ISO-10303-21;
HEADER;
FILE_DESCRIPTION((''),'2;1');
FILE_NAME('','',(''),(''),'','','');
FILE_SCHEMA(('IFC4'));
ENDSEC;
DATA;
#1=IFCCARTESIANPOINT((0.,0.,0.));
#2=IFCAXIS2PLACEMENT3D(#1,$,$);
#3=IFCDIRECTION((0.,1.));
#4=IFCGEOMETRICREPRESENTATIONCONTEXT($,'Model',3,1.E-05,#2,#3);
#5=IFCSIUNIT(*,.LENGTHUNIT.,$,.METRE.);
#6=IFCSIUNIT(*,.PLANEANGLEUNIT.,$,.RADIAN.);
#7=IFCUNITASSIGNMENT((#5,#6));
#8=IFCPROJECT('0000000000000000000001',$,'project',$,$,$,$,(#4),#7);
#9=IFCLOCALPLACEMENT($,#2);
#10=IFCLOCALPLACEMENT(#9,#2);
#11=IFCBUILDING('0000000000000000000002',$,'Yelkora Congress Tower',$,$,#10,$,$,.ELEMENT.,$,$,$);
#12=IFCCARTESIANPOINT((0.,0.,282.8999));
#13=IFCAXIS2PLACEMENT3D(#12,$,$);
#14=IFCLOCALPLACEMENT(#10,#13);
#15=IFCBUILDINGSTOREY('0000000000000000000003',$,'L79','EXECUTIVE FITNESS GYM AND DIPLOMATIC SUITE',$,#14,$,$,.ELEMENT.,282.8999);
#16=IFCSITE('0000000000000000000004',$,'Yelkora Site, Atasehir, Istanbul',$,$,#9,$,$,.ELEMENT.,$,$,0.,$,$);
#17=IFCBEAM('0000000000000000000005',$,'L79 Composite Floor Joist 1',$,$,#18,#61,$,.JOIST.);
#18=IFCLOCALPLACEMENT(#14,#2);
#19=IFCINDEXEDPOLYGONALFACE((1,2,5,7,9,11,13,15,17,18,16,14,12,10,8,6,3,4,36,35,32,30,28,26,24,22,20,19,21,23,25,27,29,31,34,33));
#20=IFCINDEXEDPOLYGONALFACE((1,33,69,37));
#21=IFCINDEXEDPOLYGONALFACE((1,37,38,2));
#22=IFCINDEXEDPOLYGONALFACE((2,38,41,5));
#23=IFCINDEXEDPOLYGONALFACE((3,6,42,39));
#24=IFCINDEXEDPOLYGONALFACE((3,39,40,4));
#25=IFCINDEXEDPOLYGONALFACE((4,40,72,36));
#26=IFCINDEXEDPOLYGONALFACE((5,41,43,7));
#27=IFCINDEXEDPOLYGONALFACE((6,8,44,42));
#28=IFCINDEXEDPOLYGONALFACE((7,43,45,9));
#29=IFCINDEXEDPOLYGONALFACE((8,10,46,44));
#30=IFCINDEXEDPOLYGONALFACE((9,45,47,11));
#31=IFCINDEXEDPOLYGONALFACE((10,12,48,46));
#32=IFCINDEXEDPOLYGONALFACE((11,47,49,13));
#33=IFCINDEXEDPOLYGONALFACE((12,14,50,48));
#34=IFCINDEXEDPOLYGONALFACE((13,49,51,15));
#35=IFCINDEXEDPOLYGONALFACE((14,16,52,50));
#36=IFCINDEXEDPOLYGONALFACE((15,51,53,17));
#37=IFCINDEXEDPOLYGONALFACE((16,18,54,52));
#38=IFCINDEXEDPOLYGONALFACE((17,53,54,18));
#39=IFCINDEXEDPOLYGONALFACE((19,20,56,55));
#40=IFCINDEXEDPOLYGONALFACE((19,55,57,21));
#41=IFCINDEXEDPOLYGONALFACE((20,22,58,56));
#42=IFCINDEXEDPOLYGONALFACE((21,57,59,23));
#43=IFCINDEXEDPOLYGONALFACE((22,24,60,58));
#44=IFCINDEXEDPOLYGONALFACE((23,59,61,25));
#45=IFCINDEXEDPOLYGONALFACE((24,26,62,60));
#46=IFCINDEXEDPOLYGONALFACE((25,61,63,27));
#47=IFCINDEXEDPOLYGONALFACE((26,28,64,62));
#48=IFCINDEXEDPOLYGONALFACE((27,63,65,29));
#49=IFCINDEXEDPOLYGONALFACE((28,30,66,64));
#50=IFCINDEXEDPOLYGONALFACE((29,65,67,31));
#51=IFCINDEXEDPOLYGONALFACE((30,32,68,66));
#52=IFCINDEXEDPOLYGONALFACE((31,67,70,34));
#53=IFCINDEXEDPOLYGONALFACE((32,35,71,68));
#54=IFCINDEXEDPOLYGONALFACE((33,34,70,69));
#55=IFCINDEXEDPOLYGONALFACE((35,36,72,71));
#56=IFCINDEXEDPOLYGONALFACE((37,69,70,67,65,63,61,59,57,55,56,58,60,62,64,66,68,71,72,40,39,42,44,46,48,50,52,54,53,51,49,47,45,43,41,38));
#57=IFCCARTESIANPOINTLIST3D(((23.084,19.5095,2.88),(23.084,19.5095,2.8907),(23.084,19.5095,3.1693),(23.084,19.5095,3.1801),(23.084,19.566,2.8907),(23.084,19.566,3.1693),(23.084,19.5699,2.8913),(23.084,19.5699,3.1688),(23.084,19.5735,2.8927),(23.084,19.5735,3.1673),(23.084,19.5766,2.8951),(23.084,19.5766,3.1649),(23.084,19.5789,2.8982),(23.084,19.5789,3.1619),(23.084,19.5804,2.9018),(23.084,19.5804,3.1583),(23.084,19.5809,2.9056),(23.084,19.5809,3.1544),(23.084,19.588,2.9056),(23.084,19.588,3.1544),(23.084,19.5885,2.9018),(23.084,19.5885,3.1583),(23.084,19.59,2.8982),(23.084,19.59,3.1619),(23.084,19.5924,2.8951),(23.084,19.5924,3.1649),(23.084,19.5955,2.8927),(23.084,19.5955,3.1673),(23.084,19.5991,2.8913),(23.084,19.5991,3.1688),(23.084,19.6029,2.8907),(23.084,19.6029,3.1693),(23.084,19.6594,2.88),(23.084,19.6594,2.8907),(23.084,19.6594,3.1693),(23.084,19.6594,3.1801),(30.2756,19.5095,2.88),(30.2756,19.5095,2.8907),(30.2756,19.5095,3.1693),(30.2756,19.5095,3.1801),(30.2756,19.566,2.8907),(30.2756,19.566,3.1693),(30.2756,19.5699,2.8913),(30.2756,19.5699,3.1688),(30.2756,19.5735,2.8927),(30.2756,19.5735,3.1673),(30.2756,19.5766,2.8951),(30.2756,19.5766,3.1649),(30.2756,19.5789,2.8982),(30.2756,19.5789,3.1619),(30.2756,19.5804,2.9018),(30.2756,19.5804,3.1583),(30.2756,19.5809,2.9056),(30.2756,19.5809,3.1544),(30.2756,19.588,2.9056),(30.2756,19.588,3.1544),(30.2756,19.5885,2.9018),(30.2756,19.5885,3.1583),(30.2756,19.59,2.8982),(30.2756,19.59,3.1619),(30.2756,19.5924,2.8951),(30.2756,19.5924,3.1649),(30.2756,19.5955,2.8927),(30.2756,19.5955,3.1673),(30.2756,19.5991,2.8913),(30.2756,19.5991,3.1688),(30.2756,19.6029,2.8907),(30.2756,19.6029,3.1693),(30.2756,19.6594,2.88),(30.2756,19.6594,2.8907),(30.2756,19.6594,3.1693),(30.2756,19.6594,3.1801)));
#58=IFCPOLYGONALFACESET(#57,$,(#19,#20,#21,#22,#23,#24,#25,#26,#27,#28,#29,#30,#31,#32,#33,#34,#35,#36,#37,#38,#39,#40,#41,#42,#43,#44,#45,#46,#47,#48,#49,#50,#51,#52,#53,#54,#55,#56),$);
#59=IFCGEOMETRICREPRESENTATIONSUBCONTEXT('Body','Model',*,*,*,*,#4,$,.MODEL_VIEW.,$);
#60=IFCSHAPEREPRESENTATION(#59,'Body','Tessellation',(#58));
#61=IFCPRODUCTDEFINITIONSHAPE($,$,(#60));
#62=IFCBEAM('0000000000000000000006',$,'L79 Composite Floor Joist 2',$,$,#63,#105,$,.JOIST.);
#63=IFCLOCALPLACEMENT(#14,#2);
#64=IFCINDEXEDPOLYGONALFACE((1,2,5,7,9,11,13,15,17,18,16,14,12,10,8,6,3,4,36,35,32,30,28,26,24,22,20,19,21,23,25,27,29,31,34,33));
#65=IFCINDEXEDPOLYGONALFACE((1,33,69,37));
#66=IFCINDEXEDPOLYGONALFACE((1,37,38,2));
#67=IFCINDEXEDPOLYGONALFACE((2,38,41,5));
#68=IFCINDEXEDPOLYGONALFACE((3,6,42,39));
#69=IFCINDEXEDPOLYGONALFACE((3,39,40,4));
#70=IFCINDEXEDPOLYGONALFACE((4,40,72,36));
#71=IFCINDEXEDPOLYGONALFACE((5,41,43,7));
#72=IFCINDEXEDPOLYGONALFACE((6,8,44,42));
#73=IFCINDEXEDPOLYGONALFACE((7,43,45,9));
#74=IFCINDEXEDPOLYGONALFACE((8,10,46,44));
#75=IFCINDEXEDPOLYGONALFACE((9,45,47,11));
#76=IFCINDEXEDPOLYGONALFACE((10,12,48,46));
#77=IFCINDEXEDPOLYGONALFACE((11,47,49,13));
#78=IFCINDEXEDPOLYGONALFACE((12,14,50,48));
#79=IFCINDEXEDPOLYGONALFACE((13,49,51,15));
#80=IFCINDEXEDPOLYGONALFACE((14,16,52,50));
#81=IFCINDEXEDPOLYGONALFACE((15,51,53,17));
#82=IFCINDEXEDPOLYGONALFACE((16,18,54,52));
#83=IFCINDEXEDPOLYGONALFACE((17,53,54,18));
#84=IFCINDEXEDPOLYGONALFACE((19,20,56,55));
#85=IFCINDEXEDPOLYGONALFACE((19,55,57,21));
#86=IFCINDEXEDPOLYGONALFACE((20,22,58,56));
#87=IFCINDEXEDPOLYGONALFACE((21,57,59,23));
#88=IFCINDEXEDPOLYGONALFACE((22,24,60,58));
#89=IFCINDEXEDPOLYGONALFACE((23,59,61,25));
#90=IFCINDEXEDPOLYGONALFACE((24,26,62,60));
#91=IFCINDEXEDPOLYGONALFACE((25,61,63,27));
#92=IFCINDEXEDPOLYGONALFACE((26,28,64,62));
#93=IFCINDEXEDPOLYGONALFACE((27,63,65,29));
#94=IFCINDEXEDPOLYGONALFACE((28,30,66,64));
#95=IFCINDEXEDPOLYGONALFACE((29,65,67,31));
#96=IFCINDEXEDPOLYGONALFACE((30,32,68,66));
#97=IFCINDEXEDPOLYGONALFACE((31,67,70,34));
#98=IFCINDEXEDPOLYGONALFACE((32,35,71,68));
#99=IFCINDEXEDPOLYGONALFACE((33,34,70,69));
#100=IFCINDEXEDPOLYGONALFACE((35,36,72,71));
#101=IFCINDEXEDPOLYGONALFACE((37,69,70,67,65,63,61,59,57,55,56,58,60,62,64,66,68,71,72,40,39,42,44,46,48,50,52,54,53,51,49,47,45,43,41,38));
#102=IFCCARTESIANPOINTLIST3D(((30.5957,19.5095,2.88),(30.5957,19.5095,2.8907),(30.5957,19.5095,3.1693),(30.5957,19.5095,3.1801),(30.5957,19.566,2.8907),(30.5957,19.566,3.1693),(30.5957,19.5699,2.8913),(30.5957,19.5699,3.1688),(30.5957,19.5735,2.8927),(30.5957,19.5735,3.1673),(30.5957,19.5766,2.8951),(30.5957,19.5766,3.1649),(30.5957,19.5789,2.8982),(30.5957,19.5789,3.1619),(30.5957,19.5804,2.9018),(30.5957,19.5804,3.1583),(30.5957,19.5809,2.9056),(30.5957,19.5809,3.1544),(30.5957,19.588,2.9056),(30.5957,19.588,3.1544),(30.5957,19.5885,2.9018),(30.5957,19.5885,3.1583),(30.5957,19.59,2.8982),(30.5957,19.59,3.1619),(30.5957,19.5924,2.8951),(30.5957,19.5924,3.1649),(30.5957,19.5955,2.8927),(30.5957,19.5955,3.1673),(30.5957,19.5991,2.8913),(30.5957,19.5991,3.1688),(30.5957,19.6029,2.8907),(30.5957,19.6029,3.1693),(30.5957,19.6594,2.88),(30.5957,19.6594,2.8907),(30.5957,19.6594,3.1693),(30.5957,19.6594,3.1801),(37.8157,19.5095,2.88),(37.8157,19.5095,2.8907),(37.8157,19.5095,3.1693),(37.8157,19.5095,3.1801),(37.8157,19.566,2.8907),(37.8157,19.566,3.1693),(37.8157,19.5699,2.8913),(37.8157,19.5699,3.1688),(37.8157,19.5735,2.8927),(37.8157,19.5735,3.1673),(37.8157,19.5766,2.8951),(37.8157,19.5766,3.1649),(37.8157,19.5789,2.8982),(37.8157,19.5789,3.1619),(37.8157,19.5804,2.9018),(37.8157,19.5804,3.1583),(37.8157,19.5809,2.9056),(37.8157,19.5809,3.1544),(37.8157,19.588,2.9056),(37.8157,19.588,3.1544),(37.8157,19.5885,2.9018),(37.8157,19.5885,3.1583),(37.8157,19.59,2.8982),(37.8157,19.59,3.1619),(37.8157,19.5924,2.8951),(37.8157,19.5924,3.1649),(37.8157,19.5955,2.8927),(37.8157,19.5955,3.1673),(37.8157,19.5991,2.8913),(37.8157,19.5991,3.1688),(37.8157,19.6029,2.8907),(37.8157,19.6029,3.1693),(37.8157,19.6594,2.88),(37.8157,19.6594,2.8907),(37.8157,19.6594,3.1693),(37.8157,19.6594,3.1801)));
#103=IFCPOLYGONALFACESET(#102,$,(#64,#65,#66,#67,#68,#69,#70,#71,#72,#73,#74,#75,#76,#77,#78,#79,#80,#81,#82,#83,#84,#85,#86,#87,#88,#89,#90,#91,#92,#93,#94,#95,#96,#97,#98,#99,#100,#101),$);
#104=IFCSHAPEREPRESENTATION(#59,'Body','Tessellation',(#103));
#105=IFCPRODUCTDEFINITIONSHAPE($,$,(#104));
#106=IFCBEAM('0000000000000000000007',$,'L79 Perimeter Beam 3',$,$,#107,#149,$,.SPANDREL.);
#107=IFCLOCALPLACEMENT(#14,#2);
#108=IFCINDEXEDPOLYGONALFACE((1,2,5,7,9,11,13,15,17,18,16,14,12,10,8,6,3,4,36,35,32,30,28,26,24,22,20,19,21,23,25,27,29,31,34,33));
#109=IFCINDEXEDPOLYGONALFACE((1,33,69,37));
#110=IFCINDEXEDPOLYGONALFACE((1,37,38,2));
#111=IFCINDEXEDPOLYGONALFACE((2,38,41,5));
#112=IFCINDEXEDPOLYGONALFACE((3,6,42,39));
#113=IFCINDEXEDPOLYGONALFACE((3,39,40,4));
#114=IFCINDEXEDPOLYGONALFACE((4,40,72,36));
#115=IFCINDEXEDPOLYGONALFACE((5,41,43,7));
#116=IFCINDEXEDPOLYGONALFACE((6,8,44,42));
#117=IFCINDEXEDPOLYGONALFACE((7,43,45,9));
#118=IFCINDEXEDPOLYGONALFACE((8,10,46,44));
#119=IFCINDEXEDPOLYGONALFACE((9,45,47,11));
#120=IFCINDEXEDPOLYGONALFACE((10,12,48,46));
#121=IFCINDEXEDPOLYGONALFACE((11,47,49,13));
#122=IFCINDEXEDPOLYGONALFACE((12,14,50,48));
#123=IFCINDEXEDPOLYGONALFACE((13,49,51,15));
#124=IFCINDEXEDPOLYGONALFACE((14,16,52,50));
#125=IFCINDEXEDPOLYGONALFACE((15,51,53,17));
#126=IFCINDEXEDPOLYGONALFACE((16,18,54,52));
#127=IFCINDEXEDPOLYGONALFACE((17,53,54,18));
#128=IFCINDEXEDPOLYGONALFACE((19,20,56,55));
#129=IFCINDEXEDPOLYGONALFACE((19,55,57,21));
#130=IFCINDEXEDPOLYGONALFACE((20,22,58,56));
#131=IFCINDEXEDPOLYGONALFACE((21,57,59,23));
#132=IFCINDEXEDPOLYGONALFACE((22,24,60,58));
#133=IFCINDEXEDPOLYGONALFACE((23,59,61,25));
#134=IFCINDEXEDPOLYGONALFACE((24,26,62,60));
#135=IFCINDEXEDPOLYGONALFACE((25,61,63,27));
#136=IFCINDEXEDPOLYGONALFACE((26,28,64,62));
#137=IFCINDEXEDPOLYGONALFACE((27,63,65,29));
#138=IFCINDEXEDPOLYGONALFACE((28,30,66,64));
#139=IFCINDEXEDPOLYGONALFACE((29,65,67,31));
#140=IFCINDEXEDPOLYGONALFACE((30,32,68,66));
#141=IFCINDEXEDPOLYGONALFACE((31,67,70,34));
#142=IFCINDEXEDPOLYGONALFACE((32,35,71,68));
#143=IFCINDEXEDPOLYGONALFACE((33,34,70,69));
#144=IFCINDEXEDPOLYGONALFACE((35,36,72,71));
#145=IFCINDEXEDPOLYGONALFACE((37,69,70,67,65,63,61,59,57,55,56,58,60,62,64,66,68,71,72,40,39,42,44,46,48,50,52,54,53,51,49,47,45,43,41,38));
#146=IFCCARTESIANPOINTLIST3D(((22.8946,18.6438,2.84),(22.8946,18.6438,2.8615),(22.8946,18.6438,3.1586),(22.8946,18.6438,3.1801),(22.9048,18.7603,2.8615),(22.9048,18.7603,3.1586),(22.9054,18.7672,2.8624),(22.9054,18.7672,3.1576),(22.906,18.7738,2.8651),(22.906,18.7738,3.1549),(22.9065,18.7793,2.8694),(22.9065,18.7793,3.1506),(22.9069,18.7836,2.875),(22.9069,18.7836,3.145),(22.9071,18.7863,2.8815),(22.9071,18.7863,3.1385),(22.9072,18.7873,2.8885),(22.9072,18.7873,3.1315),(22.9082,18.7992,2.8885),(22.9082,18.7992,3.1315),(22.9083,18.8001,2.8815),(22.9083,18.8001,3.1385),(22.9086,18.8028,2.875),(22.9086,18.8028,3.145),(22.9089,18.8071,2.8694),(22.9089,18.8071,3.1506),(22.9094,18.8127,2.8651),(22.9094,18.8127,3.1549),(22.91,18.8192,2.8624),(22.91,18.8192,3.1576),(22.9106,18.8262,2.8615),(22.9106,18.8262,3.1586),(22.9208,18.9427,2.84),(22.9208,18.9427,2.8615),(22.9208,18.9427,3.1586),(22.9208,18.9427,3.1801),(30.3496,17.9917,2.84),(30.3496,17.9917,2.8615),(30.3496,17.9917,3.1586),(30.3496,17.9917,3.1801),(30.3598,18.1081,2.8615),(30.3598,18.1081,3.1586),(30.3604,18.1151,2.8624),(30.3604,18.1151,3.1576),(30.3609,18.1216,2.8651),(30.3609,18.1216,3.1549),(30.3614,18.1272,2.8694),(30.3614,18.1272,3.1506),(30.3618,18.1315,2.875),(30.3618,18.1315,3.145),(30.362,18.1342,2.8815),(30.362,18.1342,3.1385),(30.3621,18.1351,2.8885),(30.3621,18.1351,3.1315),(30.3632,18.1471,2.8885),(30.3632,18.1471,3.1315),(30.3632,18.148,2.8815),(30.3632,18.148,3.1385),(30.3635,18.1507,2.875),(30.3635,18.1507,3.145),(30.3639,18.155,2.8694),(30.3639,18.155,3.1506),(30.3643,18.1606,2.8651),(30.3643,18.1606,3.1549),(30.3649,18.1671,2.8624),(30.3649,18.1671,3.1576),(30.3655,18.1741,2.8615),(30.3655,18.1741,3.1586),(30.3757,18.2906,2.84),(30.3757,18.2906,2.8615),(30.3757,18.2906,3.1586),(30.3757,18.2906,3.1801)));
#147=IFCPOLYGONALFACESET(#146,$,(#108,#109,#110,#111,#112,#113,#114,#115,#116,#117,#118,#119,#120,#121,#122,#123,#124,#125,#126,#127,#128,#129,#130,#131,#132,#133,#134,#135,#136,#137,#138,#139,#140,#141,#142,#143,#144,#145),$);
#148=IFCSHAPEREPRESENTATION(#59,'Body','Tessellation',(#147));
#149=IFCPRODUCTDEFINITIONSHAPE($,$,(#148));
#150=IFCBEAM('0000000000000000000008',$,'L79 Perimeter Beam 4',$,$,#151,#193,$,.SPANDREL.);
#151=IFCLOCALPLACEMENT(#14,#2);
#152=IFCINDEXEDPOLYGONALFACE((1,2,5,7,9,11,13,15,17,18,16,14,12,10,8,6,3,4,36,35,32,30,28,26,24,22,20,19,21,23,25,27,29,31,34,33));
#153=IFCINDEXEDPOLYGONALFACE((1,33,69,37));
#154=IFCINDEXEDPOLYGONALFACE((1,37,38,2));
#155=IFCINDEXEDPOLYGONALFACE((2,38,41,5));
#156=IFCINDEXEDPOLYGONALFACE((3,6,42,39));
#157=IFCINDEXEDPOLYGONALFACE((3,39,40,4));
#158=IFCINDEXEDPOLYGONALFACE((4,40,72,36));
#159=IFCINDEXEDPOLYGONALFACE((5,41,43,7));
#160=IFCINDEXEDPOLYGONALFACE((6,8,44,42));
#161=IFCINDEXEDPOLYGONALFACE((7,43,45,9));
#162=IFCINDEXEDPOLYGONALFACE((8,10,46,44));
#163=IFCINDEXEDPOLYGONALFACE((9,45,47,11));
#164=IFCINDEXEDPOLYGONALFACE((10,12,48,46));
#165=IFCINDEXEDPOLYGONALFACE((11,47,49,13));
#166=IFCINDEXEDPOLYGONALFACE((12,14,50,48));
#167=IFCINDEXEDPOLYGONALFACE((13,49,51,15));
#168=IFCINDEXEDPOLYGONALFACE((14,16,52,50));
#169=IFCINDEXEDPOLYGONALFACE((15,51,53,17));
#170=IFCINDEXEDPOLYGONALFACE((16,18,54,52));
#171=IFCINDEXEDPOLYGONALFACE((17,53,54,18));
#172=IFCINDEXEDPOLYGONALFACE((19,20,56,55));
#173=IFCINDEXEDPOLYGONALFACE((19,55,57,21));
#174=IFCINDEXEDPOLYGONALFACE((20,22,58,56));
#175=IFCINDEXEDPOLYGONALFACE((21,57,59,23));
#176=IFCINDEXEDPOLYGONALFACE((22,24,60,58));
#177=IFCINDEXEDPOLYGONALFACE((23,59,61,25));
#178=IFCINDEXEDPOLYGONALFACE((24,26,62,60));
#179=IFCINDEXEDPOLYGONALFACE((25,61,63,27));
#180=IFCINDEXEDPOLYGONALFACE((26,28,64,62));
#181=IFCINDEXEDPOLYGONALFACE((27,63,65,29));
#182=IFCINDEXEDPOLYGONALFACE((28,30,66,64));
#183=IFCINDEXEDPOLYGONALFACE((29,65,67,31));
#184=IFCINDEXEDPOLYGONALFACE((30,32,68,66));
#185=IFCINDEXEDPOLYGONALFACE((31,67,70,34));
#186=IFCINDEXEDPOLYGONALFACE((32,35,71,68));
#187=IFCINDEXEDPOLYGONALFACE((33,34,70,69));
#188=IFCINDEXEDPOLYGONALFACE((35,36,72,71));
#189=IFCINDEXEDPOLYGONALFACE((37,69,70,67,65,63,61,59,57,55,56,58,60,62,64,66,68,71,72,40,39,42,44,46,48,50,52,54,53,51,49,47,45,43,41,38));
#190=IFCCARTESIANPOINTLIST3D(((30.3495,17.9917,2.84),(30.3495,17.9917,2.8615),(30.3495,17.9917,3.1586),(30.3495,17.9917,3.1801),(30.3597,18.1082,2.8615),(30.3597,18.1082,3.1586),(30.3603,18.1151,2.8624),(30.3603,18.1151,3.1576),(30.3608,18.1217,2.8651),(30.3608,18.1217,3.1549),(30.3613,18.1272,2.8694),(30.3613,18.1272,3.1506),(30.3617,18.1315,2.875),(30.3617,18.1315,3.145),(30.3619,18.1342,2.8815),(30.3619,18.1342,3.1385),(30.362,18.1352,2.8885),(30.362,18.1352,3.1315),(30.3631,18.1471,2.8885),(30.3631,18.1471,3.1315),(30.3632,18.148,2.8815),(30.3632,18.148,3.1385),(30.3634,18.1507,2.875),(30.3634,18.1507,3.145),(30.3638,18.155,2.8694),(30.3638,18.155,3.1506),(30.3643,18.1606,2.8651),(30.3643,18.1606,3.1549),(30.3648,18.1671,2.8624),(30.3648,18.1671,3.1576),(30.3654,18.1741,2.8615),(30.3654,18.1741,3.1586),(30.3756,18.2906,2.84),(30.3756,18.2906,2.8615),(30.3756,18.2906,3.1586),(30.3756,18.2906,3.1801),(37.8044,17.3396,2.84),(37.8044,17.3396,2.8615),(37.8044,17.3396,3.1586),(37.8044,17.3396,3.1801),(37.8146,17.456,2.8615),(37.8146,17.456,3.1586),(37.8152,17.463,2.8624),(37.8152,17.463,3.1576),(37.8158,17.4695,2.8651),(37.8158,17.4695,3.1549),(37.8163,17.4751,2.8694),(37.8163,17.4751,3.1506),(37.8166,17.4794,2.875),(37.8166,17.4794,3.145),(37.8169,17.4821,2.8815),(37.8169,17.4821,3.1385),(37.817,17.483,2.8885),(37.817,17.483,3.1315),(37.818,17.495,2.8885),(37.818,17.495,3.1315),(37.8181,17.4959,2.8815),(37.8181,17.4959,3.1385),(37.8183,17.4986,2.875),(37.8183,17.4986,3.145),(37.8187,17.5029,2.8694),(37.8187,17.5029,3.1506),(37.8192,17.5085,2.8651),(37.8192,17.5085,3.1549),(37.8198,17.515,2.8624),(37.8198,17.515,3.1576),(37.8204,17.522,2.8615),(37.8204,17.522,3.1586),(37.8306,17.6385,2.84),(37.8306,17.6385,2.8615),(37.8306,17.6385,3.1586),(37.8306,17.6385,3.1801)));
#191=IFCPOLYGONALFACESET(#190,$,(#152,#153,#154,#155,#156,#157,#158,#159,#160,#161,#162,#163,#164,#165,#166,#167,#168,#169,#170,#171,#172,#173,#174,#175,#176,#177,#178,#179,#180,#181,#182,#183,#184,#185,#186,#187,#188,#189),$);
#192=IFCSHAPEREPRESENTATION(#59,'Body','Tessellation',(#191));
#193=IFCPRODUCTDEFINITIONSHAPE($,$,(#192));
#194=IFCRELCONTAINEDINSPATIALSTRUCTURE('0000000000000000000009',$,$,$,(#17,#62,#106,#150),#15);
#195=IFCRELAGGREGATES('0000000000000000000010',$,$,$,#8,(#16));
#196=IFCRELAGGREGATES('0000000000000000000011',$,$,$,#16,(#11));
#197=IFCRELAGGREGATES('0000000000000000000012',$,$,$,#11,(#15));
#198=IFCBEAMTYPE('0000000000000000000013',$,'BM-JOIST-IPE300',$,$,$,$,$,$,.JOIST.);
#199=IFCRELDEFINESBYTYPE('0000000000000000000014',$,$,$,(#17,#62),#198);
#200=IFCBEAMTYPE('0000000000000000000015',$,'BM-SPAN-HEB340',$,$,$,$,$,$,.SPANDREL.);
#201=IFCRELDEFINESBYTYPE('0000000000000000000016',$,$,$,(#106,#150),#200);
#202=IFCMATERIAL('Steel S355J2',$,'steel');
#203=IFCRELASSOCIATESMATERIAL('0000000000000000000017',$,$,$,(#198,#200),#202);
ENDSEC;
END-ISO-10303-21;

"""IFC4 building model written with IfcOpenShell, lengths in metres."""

from ifc_helpers import new_model, si_unit, direction, frame, origin, origin_2d, place, context, subcontext, project, spatial, i_section, extrude, material, material_profile, profile_set, type_object, element, save


model = new_model("IFC4")

# Units and contexts
model_context = context("Model", 3, precision=1e-05, world=origin(), true_north=direction((0.0, 1.0)))
body_context = subcontext(model_context, "Body", "Model", "MODEL_VIEW")
ifc_project = project(units=[si_unit("LENGTHUNIT", "METRE"), si_unit("PLANEANGLEUNIT", "RADIAN")], contexts=[model_context])

# Site, building, storey
site_placement = place(None, origin())
site = spatial("IfcSite", under=ifc_project, at=site_placement, Name="Yelkora Site, Atasehir, Istanbul", CompositionType="ELEMENT", RefElevation=0.0)
building_placement = place(site_placement, origin())
building = spatial("IfcBuilding", under=site, at=building_placement, Name="Yelkora Congress Tower", CompositionType="ELEMENT")
storey_placement = place(building_placement, frame((0.0, 0.0, 282.8999)))
storey = spatial("IfcBuildingStorey", under=building, at=storey_placement, Name="L79", Description="EXECUTIVE FITNESS GYM AND DIPLOMATIC SUITE", CompositionType="ELEMENT", Elevation=282.8999)

# Shared definitions
ifc_material_1 = material(Name="Steel S355J2", Category="steel")

# Beams
ifc_material_profile_1 = material_profile(ifc_material_1, i_section(OverallWidth=0.1499, OverallDepth=0.3, WebThickness=0.0071, FlangeThickness=0.0107, FilletRadius=0.0149, at=origin_2d()), Name="IPE 300")
ifc_profile_set_1 = profile_set([ifc_material_profile_1], Name="Steel S355J2")
beam_type_1 = type_object("IfcBeamType", Name="BM-JOIST-IPE300", PredefinedType="JOIST", material=ifc_profile_set_1)
beam_1_placement = place(storey_placement, frame((23.084, 19.5845, 3.03), z_axis=(1.0, 0.0, 0.0), x_axis=(0.0, 1.0, 0.0)))
element("IfcBeam", 1, at=beam_1_placement, inside=storey, type_object=beam_type_1, Name="L79 Composite Floor Joist 1", PredefinedType="JOIST", context=body_context, shape_type="SweptSolid", body=[
    extrude(i_section(OverallWidth=0.1499, OverallDepth=0.3, WebThickness=0.0071, FlangeThickness=0.0107, FilletRadius=0.0149, at=origin_2d()), origin(), (0.0, 0.0, 1.0), 7.1917),
])
beam_2_placement = place(storey_placement, frame((30.5957, 19.5845, 3.03), z_axis=(1.0, 0.0, 0.0), x_axis=(0.0, 1.0, 0.0)))
element("IfcBeam", 2, at=beam_2_placement, inside=storey, type_object=beam_type_1, Name="L79 Composite Floor Joist 2", PredefinedType="JOIST", context=body_context, shape_type="SweptSolid", body=[
    extrude(i_section(OverallWidth=0.1499, OverallDepth=0.3, WebThickness=0.0071, FlangeThickness=0.0107, FilletRadius=0.0149, at=origin_2d()), origin(), (0.0, 0.0, 1.0), 7.22),
])
ifc_material_profile_2 = material_profile(ifc_material_1, i_section(OverallWidth=0.3, OverallDepth=0.3401, WebThickness=0.012, FlangeThickness=0.0215, FilletRadius=0.0271, at=origin_2d()), Name="HEB 340")
ifc_profile_set_2 = profile_set([ifc_material_profile_2], Name="Steel S355J2")
beam_type_2 = type_object("IfcBeamType", Name="BM-SPAN-HEB340", PredefinedType="SPANDREL", material=ifc_profile_set_2)
for number, where, z_axis, x_axis, name in (
    (3, (22.9077, 18.7932, 3.01), (0.996196, -0.087141, 0.0), (0.087141, 0.996196, 0.0), "L79 Perimeter Beam 3"),
    (4, (30.3625, 18.1411, 3.01), (0.996196, -0.087141, 0.0), (0.087141, 0.996196, 0.0), "L79 Perimeter Beam 4"),
):
    element("IfcBeam", number, at=place(storey_placement, frame(where, z_axis=z_axis, x_axis=x_axis)), inside=storey, type_object=beam_type_2, Name=name, PredefinedType="SPANDREL", context=body_context, shape_type="SweptSolid", body=[
        extrude(i_section(OverallWidth=0.3, OverallDepth=0.3401, WebThickness=0.012, FlangeThickness=0.0215, FilletRadius=0.0271, at=origin_2d()), origin(), (0.0, 0.0, 1.0), 7.4834),
    ])

save(model, "model.ifc")
